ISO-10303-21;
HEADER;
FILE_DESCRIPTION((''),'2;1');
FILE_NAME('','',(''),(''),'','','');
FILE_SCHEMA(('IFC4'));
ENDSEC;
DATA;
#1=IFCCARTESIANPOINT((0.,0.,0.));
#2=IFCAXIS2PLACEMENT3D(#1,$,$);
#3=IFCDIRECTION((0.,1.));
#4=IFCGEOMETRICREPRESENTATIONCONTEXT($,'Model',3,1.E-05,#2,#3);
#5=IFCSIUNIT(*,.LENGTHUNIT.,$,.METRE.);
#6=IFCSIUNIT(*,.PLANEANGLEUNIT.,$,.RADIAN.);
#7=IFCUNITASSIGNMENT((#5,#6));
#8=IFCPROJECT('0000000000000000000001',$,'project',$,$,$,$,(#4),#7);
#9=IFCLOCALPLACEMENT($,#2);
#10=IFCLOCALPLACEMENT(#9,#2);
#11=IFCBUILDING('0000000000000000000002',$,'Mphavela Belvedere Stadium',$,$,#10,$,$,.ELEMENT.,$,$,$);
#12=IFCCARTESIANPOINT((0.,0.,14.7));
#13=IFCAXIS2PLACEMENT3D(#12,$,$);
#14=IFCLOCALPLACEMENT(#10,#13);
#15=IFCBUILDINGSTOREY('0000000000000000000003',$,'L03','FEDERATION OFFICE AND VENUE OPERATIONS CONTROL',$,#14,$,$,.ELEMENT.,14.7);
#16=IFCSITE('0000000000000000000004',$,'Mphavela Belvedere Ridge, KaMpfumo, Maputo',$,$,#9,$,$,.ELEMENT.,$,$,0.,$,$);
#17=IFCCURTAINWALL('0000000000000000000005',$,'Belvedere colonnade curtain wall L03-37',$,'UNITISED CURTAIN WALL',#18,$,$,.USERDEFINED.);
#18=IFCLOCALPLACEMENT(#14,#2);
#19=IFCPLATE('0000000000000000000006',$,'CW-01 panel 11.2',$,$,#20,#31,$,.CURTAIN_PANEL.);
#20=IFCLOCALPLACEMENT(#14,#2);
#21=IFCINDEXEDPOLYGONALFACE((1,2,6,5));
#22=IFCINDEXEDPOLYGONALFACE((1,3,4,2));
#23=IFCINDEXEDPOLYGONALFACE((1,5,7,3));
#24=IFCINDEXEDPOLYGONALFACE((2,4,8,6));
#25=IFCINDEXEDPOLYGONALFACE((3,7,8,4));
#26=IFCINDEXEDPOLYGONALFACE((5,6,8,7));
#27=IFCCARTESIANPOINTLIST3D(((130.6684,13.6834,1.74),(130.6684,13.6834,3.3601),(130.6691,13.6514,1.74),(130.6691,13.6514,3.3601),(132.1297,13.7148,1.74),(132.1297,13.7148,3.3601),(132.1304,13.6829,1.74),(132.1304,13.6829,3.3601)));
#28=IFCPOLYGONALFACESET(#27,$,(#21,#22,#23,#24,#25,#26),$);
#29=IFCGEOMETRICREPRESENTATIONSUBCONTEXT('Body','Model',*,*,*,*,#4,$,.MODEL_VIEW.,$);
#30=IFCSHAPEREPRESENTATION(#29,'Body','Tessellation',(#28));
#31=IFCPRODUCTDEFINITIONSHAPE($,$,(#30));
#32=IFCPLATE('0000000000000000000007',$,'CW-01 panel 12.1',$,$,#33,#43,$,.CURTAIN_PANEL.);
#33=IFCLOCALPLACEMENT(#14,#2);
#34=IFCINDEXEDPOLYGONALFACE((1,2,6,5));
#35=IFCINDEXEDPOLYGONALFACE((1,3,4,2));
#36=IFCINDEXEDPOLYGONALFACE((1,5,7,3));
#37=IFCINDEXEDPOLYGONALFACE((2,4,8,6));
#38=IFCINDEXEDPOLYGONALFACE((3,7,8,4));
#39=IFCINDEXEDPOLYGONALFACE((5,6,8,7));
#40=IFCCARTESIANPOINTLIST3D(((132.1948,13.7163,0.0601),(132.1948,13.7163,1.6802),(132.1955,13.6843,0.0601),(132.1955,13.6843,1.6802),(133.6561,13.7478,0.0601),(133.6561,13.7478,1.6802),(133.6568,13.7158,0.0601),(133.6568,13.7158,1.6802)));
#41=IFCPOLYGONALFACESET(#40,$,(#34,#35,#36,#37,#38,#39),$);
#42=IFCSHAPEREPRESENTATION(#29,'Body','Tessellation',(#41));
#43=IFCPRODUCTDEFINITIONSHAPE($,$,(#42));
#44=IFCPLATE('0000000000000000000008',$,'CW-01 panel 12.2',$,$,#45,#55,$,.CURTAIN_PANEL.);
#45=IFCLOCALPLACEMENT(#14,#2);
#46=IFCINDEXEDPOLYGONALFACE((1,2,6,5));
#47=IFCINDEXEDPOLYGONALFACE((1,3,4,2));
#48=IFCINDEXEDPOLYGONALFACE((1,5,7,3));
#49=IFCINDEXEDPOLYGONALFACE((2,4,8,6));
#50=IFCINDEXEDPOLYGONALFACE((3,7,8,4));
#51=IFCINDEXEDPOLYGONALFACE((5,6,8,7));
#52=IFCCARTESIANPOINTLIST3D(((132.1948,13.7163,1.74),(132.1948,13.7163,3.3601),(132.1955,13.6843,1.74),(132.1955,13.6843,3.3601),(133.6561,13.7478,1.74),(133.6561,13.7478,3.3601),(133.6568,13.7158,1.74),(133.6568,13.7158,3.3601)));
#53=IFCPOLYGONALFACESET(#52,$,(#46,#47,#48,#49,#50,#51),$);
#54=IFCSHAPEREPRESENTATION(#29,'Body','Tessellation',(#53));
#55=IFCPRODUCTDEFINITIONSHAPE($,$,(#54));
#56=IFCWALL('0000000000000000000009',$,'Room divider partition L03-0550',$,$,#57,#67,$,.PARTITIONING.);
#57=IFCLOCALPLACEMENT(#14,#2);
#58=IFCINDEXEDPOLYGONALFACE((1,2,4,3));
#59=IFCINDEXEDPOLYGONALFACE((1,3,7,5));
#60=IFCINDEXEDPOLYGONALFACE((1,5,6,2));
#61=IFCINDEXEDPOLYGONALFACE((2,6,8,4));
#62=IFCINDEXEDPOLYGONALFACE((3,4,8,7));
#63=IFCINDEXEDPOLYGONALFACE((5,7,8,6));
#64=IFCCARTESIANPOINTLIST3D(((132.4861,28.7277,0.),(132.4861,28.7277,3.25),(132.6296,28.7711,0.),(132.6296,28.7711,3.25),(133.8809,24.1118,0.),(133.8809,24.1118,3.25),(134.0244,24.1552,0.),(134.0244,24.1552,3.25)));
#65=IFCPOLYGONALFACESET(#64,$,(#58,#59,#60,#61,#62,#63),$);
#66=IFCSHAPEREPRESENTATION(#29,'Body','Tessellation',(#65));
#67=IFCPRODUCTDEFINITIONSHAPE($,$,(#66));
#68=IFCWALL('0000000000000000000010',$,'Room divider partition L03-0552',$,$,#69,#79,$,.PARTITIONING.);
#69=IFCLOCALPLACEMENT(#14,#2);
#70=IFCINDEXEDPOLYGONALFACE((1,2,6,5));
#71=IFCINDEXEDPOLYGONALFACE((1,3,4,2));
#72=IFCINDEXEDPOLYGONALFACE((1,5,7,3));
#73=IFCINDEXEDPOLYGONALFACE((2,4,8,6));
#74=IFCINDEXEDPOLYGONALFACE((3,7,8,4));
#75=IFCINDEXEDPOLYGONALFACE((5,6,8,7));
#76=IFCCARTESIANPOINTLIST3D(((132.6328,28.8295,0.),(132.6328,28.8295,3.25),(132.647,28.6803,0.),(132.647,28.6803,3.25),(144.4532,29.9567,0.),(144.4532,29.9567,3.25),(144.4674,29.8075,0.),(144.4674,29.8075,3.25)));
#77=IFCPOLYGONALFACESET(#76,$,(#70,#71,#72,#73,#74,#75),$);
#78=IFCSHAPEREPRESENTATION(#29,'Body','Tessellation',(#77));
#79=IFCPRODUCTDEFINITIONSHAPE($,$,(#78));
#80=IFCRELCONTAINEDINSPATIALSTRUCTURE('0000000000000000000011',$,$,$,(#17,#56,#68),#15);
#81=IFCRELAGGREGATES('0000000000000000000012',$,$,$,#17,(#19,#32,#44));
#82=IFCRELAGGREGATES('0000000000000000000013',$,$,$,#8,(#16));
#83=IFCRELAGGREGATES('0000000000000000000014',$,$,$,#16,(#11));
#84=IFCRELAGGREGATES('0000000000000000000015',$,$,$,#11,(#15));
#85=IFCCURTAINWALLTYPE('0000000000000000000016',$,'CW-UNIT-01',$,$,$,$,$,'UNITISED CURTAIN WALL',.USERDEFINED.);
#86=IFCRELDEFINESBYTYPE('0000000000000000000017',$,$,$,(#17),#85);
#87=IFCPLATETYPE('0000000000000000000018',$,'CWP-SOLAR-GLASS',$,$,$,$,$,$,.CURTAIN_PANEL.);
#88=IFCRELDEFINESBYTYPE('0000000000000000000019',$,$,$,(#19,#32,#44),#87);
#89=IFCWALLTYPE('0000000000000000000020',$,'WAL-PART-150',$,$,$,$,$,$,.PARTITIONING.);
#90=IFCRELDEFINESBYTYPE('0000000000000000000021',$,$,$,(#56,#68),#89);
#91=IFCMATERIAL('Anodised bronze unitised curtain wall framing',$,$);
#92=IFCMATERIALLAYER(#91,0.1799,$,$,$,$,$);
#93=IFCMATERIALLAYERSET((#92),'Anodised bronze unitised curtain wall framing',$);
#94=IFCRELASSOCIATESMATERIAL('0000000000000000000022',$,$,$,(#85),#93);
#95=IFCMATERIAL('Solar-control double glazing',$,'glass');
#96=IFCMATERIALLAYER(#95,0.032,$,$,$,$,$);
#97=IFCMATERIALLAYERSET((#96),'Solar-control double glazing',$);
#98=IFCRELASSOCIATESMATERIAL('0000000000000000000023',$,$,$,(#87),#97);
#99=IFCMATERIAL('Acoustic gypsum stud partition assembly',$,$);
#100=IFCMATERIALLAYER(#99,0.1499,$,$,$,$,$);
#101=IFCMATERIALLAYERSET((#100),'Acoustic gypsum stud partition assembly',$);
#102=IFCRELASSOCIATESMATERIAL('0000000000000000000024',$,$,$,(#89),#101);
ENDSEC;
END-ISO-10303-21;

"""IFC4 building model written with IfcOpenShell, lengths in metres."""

from ifc_helpers import new_model, si_unit, direction, frame, frame_2d, origin, origin_2d, place, context, subcontext, project, spatial, rectangle, extrude, material, layer, layer_set, type_object, element, aggregate, save


model = new_model("IFC4")

# Units and contexts
model_context = context("Model", 3, precision=1e-05, world=origin(), true_north=direction((0.0, 1.0)))
body_context = subcontext(model_context, "Body", "Model", "MODEL_VIEW")
ifc_project = project(units=[si_unit("LENGTHUNIT", "METRE"), si_unit("PLANEANGLEUNIT", "RADIAN")], contexts=[model_context])

# Site, building, storey
site_placement = place(None, origin())
site = spatial("IfcSite", under=ifc_project, at=site_placement, Name="Mphavela Belvedere Ridge, KaMpfumo, Maputo", CompositionType="ELEMENT", RefElevation=0.0)
building_placement = place(site_placement, origin())
building = spatial("IfcBuilding", under=site, at=building_placement, Name="Mphavela Belvedere Stadium", CompositionType="ELEMENT")
storey_placement = place(building_placement, frame((0.0, 0.0, 14.7)))
storey = spatial("IfcBuildingStorey", under=building, at=storey_placement, Name="L03", Description="FEDERATION OFFICE AND VENUE OPERATIONS CONTROL", CompositionType="ELEMENT", Elevation=14.7)

# Curtain wall, plates
ifc_material_1 = material(Name="Anodised bronze unitised curtain wall framing")
ifc_layer_1 = layer(ifc_material_1, 0.1799)
ifc_layer_set_1 = layer_set([ifc_layer_1], Name="Anodised bronze unitised curtain wall framing")
curtain_wall_type = type_object("IfcCurtainWallType", Name="CW-UNIT-01", ElementType="UNITISED CURTAIN WALL", PredefinedType="USERDEFINED", material=ifc_layer_set_1)
curtain_wall_placement = place(storey_placement, origin())
curtain_wall = element("IfcCurtainWall", 1, at=curtain_wall_placement, inside=storey, type_object=curtain_wall_type, Name="Belvedere colonnade curtain wall L03-37", ObjectType="UNITISED CURTAIN WALL", PredefinedType="USERDEFINED")
ifc_material_2 = material(Name="Solar-control double glazing", Category="glass")
ifc_layer_2 = layer(ifc_material_2, 0.032)
ifc_layer_set_2 = layer_set([ifc_layer_2], Name="Solar-control double glazing")
plate_type = type_object("IfcPlateType", Name="CWP-SOLAR-GLASS", PredefinedType="CURTAIN_PANEL", material=ifc_layer_set_2)
plate_1_placement = place(storey_placement, frame((131.3994, 13.6831, 1.74), z_axis=(0.0, 0.0, 1.0), x_axis=(0.999768, 0.021531, 0.0)))
plate_1 = element("IfcPlate", 2, at=plate_1_placement, type_object=plate_type, Name="CW-01 panel 11.2", PredefinedType="CURTAIN_PANEL", context=body_context, shape_type="SweptSolid", body=[
    extrude(rectangle(XDim=1.4617, YDim=0.032, at=origin_2d()), origin(), (0.0, 0.0, 1.0), 1.6201),
])
plate_2_placement = place(storey_placement, frame((132.9258, 13.7161, 0.0601), z_axis=(0.0, 0.0, 1.0), x_axis=(0.999768, 0.021531, 0.0)))
plate_2 = element("IfcPlate", 3, at=plate_2_placement, type_object=plate_type, Name="CW-01 panel 12.1", PredefinedType="CURTAIN_PANEL", context=body_context, shape_type="SweptSolid", body=[
    extrude(rectangle(XDim=1.4617, YDim=0.032, at=origin_2d()), origin(), (0.0, 0.0, 1.0), 1.6201),
])
plate_3_placement = place(storey_placement, frame((132.9258, 13.7161, 1.74), z_axis=(0.0, 0.0, 1.0), x_axis=(0.999768, 0.021531, 0.0)))
plate_3 = element("IfcPlate", 4, at=plate_3_placement, type_object=plate_type, Name="CW-01 panel 12.2", PredefinedType="CURTAIN_PANEL", context=body_context, shape_type="SweptSolid", body=[
    extrude(rectangle(XDim=1.4617, YDim=0.032, at=origin_2d()), origin(), (0.0, 0.0, 1.0), 1.6201),
])
aggregate(curtain_wall, [plate_1, plate_2, plate_3])

# Walls
ifc_material_3 = material(Name="Acoustic gypsum stud partition assembly")
ifc_layer_3 = layer(ifc_material_3, 0.1499)
ifc_layer_set_3 = layer_set([ifc_layer_3], Name="Acoustic gypsum stud partition assembly")
wall_type = type_object("IfcWallType", Name="WAL-PART-150", PredefinedType="PARTITIONING", material=ifc_layer_set_3)
wall_1_placement = place(storey_placement, frame((132.5579, 28.7495, 0.0), z_axis=(0.0, 0.0, 1.0), x_axis=(0.289247, -0.957254, 0.0)))
element("IfcWall", 5, at=wall_1_placement, inside=storey, type_object=wall_type, Name="Room divider partition L03-0550", PredefinedType="PARTITIONING", context=body_context, shape_type="SweptSolid", body=[
    extrude(rectangle(XDim=4.822, YDim=0.1499, at=frame_2d((2.4111, 0.0))), origin(), (0.0, 0.0, 1.0), 3.25),
])
wall_2_placement = place(storey_placement, frame((132.6399, 28.7549, 0.0), z_axis=(0.0, 0.0, 1.0), x_axis=(0.995484, 0.09493, 0.0)))
element("IfcWall", 6, at=wall_2_placement, inside=storey, type_object=wall_type, Name="Room divider partition L03-0552", PredefinedType="PARTITIONING", context=body_context, shape_type="SweptSolid", body=[
    extrude(rectangle(XDim=11.874, YDim=0.1499, at=frame_2d((5.937, 0.0))), origin(), (0.0, 0.0, 1.0), 3.25),
])

save(model, "model.ifc")
